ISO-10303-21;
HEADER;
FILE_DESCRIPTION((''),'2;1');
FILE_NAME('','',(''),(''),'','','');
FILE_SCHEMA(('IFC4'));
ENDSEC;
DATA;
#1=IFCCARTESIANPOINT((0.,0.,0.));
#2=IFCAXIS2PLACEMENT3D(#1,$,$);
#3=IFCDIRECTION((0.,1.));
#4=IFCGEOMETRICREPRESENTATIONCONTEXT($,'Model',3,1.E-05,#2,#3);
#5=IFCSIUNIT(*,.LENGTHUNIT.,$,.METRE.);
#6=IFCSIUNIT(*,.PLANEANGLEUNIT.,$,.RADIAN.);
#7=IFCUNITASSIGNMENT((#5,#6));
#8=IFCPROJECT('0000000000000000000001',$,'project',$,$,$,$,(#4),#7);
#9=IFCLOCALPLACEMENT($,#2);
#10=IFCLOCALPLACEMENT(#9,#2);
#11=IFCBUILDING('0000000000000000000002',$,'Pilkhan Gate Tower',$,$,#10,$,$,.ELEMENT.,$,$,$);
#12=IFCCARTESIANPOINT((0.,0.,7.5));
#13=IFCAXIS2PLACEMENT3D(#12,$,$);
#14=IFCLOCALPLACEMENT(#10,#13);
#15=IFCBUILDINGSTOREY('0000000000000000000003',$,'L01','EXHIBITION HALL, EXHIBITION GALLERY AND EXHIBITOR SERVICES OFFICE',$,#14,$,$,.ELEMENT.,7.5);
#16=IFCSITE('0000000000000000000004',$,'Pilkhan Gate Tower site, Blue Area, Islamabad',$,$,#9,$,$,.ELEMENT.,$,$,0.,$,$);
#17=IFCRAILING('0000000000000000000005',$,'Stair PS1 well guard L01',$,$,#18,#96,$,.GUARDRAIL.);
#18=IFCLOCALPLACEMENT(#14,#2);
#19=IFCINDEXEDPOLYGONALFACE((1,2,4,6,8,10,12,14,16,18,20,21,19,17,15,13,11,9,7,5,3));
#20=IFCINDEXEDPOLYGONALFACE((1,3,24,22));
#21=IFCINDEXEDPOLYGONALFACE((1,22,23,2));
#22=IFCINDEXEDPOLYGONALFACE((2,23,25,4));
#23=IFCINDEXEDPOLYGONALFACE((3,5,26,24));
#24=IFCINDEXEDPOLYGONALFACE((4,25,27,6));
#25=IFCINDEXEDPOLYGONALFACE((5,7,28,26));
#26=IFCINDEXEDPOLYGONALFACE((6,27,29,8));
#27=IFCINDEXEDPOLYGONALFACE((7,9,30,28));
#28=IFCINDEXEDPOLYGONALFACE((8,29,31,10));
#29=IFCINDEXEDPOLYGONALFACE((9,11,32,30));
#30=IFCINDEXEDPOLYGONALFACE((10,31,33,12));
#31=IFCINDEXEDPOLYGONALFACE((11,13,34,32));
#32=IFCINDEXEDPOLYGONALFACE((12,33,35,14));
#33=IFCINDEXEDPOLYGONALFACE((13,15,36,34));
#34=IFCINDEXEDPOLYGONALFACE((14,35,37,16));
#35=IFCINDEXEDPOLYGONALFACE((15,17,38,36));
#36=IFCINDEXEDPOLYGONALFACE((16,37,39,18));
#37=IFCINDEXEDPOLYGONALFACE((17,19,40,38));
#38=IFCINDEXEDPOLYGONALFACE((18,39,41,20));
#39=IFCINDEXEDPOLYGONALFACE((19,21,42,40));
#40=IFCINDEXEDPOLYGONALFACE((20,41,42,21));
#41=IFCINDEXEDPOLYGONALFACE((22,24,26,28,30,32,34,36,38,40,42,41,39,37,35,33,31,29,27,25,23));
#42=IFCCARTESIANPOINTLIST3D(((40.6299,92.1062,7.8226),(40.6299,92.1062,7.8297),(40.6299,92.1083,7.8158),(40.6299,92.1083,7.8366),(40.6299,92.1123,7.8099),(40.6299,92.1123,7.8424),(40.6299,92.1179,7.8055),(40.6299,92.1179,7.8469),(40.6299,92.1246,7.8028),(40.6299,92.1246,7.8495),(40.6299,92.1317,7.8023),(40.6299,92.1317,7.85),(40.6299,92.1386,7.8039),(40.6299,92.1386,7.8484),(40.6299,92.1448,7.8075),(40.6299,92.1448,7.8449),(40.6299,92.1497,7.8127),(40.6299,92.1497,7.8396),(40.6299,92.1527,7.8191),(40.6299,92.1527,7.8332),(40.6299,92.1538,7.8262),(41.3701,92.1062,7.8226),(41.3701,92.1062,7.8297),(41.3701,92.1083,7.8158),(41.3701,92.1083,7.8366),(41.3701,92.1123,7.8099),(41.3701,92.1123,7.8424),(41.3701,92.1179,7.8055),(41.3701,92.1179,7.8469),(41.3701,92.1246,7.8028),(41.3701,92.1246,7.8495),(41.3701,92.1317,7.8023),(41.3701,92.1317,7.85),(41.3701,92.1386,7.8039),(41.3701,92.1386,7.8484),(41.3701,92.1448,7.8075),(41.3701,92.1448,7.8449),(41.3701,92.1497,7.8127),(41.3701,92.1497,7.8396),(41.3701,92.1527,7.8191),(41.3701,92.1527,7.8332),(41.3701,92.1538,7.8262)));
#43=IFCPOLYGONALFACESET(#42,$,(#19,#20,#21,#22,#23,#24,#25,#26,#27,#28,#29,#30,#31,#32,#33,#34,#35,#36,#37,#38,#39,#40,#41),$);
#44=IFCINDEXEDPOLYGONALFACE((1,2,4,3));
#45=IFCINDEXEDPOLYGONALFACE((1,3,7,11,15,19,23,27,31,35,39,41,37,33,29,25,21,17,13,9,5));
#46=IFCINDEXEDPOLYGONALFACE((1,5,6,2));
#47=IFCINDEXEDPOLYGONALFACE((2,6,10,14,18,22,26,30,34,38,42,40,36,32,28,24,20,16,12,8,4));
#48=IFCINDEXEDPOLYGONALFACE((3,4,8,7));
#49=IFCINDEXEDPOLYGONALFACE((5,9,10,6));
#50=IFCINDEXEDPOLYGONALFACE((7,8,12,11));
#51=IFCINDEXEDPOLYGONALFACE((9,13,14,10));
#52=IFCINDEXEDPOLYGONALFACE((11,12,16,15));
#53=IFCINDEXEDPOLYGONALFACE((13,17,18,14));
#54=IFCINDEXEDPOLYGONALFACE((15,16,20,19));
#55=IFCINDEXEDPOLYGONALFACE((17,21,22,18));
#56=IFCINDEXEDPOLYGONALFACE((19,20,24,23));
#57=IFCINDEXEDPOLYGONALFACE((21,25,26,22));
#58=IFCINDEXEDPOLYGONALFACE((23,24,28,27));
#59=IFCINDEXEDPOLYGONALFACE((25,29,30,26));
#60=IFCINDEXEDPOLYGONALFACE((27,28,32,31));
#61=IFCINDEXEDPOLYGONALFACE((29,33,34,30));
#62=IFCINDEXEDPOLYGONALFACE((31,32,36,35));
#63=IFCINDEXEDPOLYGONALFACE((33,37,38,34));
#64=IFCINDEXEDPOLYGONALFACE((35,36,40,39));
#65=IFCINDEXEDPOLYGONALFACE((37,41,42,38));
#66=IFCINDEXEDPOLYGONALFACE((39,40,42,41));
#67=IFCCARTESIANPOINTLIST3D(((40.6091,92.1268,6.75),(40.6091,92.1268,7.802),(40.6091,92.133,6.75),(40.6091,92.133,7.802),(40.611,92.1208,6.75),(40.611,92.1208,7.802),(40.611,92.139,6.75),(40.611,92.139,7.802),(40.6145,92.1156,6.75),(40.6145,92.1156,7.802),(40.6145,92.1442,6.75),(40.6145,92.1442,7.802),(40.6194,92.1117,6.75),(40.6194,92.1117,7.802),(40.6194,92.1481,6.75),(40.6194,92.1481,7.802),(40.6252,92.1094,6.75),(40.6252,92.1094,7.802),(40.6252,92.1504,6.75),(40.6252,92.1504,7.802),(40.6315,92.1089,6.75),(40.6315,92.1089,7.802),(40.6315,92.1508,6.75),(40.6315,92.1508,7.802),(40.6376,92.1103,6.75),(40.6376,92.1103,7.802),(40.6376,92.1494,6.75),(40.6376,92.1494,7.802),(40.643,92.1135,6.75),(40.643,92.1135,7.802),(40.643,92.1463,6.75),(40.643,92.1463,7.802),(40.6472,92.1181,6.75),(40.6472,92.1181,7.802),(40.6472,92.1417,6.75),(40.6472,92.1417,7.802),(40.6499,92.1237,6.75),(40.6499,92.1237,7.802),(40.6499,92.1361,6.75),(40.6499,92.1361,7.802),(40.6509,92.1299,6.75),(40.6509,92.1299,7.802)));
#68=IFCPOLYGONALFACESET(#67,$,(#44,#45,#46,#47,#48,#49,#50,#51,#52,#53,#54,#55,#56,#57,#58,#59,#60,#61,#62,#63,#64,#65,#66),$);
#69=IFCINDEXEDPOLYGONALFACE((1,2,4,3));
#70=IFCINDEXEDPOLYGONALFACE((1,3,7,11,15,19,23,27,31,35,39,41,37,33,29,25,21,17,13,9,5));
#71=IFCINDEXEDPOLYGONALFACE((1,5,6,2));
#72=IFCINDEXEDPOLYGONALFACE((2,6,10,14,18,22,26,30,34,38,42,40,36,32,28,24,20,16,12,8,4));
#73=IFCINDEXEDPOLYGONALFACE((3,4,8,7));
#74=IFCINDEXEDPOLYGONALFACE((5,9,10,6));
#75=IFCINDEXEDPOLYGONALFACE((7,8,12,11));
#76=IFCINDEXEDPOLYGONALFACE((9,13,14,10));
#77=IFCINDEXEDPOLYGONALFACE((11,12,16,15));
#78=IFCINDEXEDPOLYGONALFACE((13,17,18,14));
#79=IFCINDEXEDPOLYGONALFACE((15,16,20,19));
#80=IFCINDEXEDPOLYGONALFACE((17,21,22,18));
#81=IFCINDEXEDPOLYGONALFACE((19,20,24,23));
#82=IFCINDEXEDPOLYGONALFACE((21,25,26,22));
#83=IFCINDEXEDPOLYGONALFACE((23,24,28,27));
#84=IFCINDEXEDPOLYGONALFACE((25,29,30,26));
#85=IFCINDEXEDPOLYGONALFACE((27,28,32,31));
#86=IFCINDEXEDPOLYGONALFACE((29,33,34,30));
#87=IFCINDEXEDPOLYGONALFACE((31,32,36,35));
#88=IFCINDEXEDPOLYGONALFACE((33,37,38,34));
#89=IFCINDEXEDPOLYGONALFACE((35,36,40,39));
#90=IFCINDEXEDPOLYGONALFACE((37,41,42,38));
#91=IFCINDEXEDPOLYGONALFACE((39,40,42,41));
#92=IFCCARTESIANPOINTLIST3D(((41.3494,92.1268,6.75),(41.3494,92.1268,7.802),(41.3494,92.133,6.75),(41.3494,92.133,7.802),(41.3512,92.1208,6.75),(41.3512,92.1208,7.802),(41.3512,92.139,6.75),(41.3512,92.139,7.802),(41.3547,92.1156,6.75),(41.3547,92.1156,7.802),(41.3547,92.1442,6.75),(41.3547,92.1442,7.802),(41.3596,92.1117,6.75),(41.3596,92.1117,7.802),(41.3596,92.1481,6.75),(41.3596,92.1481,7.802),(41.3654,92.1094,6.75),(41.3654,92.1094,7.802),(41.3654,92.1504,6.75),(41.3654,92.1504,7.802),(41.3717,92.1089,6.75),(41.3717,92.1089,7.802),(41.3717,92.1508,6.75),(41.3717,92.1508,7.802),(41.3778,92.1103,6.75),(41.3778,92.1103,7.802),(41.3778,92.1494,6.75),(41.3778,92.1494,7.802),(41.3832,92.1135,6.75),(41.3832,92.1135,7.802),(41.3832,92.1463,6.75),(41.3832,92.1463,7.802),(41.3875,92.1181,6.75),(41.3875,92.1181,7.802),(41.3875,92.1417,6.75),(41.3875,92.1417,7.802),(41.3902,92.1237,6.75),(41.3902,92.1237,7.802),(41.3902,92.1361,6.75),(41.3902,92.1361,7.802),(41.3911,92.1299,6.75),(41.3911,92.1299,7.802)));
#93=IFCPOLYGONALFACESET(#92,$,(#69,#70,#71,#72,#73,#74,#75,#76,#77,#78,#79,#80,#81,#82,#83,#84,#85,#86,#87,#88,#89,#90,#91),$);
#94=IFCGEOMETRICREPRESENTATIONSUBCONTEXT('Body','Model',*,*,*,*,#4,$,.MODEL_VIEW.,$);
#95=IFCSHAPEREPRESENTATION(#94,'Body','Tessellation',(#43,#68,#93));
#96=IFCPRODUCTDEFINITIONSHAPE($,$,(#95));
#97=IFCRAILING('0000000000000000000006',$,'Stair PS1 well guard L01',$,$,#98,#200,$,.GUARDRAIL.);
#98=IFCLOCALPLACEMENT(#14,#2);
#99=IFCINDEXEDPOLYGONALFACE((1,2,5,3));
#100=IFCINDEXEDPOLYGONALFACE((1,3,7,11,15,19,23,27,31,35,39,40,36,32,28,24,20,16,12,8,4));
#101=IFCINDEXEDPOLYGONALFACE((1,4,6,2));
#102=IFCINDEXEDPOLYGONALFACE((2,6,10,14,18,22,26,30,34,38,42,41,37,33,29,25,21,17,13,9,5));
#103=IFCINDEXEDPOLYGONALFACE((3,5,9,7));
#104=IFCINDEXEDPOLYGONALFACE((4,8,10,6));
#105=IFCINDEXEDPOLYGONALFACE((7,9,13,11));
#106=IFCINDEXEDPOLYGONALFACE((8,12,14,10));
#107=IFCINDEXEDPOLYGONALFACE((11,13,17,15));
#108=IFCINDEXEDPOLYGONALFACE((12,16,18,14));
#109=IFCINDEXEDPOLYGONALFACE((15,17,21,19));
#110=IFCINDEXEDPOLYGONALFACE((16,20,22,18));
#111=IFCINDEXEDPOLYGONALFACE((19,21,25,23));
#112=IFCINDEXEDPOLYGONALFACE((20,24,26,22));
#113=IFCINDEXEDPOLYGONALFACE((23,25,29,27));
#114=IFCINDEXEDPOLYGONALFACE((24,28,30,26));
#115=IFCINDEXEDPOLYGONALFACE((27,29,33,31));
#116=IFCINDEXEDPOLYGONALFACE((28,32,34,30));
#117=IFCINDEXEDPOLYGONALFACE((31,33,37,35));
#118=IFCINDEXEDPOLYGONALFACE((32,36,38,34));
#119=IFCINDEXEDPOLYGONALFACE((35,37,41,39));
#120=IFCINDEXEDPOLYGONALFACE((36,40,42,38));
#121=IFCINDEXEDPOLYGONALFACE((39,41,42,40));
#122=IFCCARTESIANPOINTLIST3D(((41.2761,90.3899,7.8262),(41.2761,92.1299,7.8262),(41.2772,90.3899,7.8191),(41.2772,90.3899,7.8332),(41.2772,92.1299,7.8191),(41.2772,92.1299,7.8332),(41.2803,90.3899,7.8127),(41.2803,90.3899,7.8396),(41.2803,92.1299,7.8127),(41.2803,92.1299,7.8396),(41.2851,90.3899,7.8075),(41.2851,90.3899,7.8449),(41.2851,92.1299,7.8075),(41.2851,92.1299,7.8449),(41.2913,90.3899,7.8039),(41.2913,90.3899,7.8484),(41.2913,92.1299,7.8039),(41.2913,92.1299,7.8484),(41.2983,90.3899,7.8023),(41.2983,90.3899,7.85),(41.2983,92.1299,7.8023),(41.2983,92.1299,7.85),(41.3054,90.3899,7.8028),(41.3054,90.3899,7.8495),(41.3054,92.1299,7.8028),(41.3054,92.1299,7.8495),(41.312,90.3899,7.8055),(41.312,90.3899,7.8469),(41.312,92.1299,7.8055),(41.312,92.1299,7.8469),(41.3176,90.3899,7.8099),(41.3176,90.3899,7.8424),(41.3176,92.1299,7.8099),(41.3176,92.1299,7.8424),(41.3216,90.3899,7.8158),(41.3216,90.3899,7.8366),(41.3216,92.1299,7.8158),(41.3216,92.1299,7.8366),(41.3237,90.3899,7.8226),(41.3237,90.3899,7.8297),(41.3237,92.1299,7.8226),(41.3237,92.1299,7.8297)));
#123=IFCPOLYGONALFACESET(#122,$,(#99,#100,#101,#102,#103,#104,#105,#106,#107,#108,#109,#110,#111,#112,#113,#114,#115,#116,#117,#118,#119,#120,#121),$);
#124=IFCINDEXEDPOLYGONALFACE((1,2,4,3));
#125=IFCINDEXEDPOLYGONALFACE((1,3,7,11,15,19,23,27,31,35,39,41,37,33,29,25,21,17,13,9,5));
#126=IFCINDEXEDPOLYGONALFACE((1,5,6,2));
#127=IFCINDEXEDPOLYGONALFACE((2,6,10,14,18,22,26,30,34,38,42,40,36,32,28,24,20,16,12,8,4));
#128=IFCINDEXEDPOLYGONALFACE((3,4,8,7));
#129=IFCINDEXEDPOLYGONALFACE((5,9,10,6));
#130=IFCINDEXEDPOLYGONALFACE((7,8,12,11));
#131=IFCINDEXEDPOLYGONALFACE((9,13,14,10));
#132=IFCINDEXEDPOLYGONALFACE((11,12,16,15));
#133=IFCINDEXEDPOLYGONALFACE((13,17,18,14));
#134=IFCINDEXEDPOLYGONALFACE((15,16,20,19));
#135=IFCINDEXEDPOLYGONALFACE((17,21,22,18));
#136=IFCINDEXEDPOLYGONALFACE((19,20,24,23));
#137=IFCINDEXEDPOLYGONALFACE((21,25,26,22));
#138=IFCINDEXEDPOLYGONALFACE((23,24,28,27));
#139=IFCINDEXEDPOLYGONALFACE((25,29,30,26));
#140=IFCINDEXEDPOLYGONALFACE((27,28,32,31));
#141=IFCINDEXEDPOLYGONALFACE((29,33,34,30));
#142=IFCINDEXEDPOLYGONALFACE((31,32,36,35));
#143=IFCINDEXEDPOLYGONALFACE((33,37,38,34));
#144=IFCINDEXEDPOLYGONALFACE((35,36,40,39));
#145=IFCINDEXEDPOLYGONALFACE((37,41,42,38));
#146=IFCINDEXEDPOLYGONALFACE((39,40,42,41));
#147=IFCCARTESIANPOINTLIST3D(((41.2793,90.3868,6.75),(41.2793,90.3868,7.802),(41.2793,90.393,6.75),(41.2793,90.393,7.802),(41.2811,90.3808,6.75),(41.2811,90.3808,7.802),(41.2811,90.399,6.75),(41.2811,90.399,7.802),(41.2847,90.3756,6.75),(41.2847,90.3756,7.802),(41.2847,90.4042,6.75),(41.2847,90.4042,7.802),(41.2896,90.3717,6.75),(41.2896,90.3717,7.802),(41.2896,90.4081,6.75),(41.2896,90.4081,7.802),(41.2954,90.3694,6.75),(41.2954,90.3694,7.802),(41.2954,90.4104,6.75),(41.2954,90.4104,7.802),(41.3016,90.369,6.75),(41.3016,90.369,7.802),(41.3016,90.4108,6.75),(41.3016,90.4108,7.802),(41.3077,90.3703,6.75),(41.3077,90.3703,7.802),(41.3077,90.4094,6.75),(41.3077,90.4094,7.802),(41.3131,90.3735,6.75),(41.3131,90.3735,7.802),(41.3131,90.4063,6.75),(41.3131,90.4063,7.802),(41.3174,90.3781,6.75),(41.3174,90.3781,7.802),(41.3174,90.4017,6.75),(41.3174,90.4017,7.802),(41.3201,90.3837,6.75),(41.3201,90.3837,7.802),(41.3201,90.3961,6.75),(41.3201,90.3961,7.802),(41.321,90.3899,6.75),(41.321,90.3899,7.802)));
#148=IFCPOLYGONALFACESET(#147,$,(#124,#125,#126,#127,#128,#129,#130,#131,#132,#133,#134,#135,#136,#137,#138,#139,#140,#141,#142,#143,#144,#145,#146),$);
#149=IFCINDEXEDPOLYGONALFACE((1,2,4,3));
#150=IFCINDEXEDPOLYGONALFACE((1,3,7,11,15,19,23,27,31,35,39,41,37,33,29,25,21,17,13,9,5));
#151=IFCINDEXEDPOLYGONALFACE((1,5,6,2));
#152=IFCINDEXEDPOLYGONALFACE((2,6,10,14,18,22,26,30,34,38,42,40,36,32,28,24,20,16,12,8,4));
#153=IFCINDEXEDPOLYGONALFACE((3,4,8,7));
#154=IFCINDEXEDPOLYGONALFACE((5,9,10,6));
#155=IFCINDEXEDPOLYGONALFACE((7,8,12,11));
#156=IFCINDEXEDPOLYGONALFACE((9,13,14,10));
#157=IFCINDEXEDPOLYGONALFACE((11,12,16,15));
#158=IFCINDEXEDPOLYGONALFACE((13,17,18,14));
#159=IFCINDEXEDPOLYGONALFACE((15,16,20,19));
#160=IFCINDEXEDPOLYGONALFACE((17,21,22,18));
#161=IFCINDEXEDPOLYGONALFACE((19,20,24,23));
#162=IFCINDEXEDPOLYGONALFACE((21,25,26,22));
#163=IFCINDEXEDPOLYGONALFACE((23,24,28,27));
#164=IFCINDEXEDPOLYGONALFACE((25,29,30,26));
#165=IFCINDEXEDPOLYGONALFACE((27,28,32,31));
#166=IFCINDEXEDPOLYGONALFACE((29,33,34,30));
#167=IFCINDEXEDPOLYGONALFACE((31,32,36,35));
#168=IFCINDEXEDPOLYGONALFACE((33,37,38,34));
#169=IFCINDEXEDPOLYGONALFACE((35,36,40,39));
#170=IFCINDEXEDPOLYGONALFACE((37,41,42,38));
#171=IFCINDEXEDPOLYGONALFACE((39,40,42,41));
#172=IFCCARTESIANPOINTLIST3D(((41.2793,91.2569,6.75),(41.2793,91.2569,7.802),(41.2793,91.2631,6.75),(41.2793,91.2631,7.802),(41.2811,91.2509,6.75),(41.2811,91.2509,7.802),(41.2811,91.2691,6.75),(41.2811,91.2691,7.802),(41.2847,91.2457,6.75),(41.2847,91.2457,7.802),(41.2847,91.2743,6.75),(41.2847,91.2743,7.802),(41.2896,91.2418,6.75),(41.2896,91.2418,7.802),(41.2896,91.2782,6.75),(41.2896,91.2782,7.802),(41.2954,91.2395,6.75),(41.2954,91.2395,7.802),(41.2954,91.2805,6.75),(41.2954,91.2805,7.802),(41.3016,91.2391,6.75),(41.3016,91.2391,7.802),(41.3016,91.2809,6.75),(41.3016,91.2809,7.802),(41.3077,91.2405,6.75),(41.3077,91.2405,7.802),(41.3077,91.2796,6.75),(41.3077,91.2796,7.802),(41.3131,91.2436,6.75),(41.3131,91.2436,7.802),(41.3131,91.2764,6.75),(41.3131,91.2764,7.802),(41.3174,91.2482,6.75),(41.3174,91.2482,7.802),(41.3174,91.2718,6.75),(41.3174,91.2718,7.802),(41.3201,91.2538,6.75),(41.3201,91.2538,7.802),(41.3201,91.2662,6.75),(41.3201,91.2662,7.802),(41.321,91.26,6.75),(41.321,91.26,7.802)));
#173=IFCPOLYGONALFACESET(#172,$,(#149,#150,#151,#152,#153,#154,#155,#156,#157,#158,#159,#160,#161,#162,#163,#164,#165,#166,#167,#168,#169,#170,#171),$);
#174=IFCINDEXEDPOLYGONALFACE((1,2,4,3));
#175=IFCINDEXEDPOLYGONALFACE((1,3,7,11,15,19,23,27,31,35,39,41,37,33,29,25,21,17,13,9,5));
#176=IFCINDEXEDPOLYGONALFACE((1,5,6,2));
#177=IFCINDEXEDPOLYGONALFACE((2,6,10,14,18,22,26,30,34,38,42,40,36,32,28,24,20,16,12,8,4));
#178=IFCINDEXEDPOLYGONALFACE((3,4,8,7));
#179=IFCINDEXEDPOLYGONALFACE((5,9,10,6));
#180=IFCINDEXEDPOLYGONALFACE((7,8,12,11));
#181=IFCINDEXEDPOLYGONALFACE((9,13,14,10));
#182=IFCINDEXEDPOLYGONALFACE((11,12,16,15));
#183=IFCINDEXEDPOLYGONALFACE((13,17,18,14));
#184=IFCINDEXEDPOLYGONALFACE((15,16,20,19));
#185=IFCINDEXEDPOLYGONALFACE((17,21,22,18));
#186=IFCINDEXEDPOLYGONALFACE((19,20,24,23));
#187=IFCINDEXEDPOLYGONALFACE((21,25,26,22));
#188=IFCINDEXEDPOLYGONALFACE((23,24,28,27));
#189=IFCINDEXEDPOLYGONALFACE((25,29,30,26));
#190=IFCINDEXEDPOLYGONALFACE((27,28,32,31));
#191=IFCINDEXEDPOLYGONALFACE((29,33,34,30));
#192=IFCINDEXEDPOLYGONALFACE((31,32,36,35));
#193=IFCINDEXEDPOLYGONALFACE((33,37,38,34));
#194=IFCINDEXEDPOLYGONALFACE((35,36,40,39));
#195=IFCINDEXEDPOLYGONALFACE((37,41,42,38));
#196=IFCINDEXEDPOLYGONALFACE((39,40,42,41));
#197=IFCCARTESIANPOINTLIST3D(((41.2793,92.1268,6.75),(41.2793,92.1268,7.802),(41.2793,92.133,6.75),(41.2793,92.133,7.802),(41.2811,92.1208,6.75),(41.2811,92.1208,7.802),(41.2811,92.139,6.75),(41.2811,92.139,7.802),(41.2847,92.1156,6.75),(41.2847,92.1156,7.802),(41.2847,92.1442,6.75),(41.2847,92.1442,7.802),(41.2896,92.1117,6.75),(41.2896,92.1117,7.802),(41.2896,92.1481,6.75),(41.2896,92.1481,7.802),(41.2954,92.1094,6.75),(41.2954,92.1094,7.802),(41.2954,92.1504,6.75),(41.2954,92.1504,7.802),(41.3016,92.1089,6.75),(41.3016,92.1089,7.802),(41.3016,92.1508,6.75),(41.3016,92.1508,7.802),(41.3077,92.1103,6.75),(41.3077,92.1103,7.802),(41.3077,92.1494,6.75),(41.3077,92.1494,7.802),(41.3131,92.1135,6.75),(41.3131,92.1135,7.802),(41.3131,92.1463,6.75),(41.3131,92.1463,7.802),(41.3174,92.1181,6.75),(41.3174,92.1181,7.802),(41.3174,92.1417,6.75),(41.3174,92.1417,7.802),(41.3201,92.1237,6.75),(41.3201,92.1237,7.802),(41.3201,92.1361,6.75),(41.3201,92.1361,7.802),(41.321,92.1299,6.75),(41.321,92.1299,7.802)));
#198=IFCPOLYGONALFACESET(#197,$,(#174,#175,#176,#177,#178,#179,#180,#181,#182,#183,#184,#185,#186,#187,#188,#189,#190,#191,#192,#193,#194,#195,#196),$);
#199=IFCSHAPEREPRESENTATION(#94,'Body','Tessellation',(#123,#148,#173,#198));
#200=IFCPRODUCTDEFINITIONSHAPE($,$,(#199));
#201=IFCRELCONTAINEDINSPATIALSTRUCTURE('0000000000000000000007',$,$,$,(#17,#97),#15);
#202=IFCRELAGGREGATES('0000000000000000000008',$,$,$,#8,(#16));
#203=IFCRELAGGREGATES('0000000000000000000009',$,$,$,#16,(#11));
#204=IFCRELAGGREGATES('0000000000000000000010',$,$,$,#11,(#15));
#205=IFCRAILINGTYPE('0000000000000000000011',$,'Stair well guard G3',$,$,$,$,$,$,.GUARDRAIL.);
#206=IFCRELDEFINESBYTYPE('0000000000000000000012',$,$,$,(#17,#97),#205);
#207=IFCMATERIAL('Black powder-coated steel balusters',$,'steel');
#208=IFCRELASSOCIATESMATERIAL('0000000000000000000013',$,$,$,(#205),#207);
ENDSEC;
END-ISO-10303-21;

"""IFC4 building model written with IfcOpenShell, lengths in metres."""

from ifc_helpers import new_model, si_unit, direction, frame, origin, origin_2d, place, context, subcontext, project, spatial, circle, extrude, material, type_object, element, save


model = new_model("IFC4")

# Units and contexts
model_context = context("Model", 3, precision=1e-05, world=origin(), true_north=direction((0.0, 1.0)))
body_context = subcontext(model_context, "Body", "Model", "MODEL_VIEW")
ifc_project = project(units=[si_unit("LENGTHUNIT", "METRE"), si_unit("PLANEANGLEUNIT", "RADIAN")], contexts=[model_context])

# Site, building, storey
site_placement = place(None, origin())
site = spatial("IfcSite", under=ifc_project, at=site_placement, Name="Pilkhan Gate Tower site, Blue Area, Islamabad", CompositionType="ELEMENT", RefElevation=0.0)
building_placement = place(site_placement, origin())
building = spatial("IfcBuilding", under=site, at=building_placement, Name="Pilkhan Gate Tower", CompositionType="ELEMENT")
storey_placement = place(building_placement, frame((0.0, 0.0, 7.5)))
storey = spatial("IfcBuildingStorey", under=building, at=storey_placement, Name="L01", Description="EXHIBITION HALL, EXHIBITION GALLERY AND EXHIBITOR SERVICES OFFICE", CompositionType="ELEMENT", Elevation=7.5)

# Railings
ifc_material_1 = material(Name="Black powder-coated steel balusters", Category="steel")
railing_type_1 = type_object("IfcRailingType", Name="Stair well guard G3", PredefinedType="GUARDRAIL", material=ifc_material_1)
railing_1_placement = place(storey_placement, frame((40.6299, 92.1299, 6.75)))
element("IfcRailing", 1, at=railing_1_placement, inside=storey, type_object=railing_type_1, Name="Stair PS1 well guard L01", PredefinedType="GUARDRAIL", context=body_context, shape_type="SweptSolid", body=[
    extrude(circle(Radius=0.0239, at=origin_2d()), frame((0.0, 0.0, 1.0762), z_axis=(1.0, 0.0, 0.0), x_axis=(0.0, 1.0, 0.0)), (0.0, 0.0, 1.0), 0.7402),
    extrude(circle(Radius=0.021, at=origin_2d()), origin(), (0.0, 0.0, 1.0), 1.052),
    extrude(circle(Radius=0.021, at=origin_2d()), frame((0.7402, 0.0, 0.0)), (0.0, 0.0, 1.0), 1.052),
])
railing_2_placement = place(storey_placement, frame((41.3, 90.3899, 6.75)))
element("IfcRailing", 2, at=railing_2_placement, inside=storey, type_object=railing_type_1, Name="Stair PS1 well guard L01", PredefinedType="GUARDRAIL", context=body_context, shape_type="SweptSolid", body=[
    extrude(circle(Radius=0.0239, at=origin_2d()), frame((0.0, 0.0, 1.0762), z_axis=(0.0, 1.0, 0.0), x_axis=(-1.0, 0.0, 0.0)), (0.0, 0.0, 1.0), 1.74),
    extrude(circle(Radius=0.021, at=origin_2d()), origin(), (0.0, 0.0, 1.0), 1.052),
    extrude(circle(Radius=0.021, at=origin_2d()), frame((0.0, 0.8701, 0.0)), (0.0, 0.0, 1.0), 1.052),
    extrude(circle(Radius=0.021, at=origin_2d()), frame((0.0, 1.74, 0.0)), (0.0, 0.0, 1.0), 1.052),
])

save(model, "model.ifc")
